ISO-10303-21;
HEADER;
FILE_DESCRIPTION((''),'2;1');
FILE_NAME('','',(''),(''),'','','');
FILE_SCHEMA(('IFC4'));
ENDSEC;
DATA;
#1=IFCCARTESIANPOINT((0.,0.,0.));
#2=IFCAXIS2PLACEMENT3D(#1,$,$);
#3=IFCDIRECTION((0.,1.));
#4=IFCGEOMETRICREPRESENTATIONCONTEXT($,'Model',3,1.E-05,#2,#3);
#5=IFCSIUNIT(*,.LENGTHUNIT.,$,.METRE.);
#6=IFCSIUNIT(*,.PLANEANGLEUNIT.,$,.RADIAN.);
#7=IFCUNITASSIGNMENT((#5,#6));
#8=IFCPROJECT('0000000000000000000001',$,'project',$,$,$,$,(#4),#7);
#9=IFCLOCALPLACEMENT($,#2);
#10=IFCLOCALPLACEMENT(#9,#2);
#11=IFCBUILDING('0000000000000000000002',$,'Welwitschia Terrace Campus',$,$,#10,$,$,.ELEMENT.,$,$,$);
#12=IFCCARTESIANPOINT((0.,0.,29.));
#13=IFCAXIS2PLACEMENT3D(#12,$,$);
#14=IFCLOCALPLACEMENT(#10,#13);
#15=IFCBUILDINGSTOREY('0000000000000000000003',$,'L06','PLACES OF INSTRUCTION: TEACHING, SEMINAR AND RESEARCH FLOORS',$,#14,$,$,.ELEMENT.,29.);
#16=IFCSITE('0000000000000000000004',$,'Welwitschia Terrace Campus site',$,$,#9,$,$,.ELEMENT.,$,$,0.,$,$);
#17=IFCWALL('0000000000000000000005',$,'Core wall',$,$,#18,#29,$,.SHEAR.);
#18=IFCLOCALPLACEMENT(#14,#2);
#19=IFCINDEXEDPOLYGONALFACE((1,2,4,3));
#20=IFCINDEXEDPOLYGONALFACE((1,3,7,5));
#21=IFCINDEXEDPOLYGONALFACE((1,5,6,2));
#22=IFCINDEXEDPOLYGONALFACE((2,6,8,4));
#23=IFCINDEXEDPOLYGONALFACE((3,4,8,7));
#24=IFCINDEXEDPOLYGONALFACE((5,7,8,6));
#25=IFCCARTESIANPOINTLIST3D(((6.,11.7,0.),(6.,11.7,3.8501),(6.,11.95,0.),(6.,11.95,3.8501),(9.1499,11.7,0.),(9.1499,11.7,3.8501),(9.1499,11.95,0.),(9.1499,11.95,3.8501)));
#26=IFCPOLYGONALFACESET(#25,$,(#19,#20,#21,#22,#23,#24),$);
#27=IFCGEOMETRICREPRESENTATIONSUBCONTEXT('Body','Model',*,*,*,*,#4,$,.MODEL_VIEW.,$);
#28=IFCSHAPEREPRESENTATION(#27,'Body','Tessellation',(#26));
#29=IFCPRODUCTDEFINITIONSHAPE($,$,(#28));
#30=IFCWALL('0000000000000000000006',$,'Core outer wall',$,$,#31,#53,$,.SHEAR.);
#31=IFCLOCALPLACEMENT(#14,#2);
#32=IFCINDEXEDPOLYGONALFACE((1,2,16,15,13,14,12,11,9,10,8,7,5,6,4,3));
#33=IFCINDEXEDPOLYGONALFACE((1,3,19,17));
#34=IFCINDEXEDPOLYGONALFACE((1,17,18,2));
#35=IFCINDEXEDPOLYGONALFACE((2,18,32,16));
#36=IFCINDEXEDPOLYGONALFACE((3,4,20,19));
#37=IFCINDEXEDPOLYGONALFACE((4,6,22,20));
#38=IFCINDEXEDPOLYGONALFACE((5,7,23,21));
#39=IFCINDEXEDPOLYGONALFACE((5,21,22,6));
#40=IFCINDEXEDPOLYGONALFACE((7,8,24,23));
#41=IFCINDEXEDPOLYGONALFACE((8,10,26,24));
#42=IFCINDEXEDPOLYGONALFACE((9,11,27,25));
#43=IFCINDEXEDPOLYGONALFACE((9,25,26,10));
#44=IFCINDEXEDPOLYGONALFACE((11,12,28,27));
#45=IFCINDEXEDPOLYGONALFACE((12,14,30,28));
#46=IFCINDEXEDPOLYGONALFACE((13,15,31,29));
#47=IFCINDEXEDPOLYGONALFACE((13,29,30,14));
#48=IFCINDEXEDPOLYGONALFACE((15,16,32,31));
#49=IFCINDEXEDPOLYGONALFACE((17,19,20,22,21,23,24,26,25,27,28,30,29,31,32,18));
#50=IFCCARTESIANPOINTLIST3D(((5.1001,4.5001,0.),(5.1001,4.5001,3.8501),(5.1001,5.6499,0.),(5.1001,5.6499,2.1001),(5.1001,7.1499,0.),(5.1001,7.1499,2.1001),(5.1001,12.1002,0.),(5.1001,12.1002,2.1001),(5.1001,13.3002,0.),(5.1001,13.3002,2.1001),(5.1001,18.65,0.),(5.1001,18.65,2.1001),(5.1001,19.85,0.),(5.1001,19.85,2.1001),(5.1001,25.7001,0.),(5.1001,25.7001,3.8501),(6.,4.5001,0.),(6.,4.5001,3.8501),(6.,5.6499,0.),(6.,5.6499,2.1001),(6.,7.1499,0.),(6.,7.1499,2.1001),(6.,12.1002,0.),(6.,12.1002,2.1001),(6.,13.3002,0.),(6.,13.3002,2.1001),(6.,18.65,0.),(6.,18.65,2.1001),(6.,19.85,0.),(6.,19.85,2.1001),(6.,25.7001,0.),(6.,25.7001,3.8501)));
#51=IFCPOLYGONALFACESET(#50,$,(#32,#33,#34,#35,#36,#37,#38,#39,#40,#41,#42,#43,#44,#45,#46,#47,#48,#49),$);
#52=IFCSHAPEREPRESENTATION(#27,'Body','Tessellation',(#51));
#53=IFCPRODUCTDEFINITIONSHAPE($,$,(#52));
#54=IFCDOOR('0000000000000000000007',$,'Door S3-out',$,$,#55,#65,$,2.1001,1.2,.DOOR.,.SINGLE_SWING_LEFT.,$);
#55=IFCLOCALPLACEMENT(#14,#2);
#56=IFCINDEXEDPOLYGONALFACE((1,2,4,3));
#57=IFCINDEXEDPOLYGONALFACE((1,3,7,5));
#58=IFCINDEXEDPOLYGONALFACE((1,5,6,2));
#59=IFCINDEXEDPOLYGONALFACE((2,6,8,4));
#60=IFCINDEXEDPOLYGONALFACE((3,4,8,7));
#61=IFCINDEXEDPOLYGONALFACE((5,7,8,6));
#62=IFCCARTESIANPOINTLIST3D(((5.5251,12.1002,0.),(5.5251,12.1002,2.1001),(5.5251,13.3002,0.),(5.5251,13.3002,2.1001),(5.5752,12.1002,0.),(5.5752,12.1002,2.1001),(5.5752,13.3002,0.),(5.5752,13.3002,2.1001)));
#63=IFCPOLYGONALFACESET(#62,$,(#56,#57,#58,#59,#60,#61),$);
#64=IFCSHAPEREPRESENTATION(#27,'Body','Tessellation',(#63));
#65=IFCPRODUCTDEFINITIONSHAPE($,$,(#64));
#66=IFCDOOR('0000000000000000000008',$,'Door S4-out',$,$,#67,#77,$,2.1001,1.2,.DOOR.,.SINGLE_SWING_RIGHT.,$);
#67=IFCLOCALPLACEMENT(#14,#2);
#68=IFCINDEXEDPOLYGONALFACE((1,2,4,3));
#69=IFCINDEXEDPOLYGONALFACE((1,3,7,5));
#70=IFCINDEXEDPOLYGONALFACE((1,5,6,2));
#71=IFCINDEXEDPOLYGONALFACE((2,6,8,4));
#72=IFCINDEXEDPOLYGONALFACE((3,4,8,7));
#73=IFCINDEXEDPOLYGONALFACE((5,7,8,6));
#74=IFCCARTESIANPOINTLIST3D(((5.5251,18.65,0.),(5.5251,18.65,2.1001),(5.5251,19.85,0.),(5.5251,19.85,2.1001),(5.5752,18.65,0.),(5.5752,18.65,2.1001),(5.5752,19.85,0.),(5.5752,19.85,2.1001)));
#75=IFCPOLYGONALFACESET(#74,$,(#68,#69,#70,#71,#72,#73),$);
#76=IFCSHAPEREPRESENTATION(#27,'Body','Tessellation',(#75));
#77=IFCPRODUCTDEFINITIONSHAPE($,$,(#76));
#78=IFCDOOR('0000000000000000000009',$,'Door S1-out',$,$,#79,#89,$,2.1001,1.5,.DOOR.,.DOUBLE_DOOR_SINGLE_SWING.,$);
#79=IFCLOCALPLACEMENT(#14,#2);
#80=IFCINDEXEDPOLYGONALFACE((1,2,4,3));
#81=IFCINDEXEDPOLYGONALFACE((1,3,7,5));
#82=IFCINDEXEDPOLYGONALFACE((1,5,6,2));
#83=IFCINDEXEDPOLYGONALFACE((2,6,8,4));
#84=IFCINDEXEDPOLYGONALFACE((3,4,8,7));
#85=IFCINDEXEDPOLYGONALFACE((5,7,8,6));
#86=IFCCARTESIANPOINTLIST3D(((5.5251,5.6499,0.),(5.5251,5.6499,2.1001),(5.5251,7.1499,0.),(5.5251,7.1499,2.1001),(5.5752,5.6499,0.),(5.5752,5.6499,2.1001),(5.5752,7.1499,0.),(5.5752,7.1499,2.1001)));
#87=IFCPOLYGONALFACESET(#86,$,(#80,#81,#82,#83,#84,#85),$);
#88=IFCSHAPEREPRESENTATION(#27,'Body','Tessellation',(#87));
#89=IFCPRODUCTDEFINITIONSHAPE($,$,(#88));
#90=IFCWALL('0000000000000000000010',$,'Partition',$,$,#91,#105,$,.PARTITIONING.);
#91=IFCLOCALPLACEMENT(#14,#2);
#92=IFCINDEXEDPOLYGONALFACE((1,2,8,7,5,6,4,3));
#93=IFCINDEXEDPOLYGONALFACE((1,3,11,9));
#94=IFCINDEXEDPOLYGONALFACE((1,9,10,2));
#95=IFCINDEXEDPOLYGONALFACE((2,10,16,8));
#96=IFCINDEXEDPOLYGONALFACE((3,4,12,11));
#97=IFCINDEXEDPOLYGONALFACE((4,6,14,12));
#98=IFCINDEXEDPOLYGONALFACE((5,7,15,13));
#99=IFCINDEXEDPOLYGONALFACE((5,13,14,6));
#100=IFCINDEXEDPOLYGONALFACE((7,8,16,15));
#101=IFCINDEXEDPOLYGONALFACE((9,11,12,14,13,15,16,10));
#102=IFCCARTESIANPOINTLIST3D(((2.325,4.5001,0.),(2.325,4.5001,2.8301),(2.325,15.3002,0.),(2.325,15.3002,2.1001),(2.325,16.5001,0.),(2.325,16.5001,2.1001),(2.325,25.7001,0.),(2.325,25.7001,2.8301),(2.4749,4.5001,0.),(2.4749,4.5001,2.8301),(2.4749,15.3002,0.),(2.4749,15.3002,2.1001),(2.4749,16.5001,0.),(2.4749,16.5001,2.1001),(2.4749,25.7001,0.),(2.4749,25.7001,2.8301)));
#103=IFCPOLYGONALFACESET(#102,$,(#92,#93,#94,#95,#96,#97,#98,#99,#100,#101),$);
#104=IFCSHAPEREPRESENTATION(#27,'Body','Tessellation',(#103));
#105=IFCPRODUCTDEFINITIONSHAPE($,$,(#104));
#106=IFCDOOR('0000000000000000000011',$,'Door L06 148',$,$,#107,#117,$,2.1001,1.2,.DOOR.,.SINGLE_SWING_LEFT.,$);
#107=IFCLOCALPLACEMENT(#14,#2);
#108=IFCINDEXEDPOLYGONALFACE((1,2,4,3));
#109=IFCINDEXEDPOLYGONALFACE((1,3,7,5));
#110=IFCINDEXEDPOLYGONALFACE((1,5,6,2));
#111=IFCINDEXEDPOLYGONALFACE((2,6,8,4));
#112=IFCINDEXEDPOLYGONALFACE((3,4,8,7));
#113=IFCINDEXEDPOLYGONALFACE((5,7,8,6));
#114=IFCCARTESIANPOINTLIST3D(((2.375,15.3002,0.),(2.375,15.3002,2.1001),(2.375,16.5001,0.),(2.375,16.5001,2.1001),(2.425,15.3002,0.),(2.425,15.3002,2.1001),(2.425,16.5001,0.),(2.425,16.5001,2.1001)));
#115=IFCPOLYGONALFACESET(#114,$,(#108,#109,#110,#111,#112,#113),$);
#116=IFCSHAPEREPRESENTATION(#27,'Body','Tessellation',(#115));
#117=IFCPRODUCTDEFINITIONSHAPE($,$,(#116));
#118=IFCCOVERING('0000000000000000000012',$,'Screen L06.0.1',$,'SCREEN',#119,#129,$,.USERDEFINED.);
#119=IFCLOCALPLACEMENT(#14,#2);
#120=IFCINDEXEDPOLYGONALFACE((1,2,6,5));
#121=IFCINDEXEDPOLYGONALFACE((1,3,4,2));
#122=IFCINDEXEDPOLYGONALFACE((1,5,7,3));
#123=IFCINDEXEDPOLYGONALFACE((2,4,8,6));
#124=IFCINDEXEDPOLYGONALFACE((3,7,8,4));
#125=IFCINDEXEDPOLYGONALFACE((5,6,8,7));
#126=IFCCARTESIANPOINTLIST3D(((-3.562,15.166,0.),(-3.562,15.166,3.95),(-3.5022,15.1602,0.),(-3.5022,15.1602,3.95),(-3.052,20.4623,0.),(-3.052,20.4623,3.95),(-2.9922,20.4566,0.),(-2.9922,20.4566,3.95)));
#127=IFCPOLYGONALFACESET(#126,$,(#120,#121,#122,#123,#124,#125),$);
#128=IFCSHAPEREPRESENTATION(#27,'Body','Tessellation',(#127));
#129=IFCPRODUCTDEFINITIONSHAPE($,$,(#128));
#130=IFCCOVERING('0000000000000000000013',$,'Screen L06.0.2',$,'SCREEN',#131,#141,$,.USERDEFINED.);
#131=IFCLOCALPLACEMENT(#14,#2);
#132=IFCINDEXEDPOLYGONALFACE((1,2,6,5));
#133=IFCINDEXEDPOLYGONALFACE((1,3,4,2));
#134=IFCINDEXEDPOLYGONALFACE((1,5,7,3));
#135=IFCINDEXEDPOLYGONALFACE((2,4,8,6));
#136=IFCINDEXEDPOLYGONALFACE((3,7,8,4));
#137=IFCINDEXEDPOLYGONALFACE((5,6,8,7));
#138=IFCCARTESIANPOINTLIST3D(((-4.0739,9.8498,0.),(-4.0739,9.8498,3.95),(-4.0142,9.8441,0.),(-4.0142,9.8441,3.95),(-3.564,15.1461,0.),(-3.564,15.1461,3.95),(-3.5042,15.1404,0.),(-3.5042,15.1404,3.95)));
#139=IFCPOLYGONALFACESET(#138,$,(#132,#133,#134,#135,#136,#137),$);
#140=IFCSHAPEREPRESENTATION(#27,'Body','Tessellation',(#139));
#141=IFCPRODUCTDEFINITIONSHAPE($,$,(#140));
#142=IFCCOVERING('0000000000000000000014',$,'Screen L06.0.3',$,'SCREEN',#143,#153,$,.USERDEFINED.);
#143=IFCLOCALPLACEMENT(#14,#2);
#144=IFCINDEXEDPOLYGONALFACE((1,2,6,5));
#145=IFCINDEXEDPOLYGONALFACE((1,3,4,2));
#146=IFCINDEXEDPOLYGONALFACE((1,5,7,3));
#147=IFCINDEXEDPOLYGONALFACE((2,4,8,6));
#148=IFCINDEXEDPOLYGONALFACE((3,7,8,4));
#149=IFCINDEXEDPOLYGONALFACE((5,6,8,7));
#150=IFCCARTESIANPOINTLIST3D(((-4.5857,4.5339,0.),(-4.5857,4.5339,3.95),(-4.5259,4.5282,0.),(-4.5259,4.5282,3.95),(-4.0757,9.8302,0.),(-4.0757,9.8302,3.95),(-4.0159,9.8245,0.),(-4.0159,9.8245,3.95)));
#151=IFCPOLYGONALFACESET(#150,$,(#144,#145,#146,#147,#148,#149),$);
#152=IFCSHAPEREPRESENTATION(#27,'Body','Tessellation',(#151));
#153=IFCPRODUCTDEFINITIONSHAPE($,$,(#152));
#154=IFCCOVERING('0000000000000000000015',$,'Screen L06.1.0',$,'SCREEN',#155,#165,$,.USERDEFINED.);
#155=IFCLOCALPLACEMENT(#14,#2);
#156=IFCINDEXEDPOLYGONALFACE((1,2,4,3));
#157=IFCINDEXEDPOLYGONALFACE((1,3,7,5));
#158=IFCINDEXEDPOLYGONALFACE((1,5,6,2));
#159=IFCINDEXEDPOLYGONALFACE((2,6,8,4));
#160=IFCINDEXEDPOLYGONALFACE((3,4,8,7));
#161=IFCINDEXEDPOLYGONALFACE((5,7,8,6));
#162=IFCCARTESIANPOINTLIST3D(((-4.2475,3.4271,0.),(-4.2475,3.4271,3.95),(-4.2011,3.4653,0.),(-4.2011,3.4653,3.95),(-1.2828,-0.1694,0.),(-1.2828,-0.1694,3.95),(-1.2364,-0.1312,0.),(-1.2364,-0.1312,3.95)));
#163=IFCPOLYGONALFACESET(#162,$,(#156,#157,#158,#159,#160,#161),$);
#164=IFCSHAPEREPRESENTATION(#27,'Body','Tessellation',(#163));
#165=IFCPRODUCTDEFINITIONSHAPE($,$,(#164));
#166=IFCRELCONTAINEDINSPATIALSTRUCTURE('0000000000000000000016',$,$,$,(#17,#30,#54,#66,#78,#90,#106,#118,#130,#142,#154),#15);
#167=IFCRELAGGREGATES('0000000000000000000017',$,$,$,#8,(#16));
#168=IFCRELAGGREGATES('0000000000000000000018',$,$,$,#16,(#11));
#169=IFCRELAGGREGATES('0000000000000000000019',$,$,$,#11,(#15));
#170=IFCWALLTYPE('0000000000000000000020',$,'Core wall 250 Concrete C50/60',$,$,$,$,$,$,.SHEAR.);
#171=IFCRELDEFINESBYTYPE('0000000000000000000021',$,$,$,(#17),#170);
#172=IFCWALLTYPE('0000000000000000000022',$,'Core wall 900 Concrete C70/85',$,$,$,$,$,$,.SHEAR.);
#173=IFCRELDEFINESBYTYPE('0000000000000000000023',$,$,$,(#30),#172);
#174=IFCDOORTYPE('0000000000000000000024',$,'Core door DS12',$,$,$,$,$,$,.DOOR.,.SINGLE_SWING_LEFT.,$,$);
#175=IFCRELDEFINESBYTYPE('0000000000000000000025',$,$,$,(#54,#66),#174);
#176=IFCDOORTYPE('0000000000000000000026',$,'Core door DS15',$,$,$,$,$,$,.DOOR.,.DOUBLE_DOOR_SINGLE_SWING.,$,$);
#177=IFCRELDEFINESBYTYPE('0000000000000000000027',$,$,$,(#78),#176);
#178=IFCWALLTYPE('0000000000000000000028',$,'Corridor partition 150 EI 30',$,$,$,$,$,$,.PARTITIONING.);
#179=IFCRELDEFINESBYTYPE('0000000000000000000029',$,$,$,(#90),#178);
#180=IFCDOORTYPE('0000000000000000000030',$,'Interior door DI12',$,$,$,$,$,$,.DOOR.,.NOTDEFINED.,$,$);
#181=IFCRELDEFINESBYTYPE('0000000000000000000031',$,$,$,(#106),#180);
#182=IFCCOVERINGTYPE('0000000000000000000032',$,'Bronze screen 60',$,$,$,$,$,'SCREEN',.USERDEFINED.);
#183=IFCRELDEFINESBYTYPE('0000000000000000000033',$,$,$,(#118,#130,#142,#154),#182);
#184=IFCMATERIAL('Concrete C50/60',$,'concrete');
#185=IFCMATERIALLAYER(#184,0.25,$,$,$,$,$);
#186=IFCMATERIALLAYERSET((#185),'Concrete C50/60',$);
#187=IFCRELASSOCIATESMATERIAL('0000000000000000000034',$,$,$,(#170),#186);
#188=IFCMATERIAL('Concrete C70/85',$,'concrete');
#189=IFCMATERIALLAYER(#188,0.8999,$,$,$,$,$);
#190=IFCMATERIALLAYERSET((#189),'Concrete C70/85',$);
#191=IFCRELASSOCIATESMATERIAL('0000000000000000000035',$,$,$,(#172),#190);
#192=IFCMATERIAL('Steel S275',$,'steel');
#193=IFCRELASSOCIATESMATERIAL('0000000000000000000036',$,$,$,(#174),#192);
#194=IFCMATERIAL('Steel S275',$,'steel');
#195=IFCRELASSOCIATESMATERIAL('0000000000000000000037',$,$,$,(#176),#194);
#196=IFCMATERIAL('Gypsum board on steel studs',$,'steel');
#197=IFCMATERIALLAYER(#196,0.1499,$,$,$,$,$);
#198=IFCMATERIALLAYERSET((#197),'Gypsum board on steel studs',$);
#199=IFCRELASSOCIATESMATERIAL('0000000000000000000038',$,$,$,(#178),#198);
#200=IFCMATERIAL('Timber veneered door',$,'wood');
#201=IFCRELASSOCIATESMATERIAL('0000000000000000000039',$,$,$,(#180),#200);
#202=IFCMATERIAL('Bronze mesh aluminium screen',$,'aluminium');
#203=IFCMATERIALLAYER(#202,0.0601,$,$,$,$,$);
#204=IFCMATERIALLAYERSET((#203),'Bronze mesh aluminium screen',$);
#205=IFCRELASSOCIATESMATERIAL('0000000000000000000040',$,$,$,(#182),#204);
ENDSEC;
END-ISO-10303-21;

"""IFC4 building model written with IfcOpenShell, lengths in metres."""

from ifc_helpers import new_model, si_unit, direction, frame, frame_2d, origin, origin_2d, place, context, subcontext, project, spatial, rectangle, extrude, material, layer, layer_set, type_object, element, fill, save


model = new_model("IFC4")

# Units and contexts
model_context = context("Model", 3, precision=1e-05, world=origin(), true_north=direction((0.0, 1.0)))
body_context = subcontext(model_context, "Body", "Model", "MODEL_VIEW")
ifc_project = project(units=[si_unit("LENGTHUNIT", "METRE"), si_unit("PLANEANGLEUNIT", "RADIAN")], contexts=[model_context])

# Site, building, storey
site_placement = place(None, origin())
site = spatial("IfcSite", under=ifc_project, at=site_placement, Name="Welwitschia Terrace Campus site", CompositionType="ELEMENT", RefElevation=0.0)
building_placement = place(site_placement, origin())
building = spatial("IfcBuilding", under=site, at=building_placement, Name="Welwitschia Terrace Campus", CompositionType="ELEMENT")
storey_placement = place(building_placement, frame((0.0, 0.0, 29.0)))
storey = spatial("IfcBuildingStorey", under=building, at=storey_placement, Name="L06", Description="PLACES OF INSTRUCTION: TEACHING, SEMINAR AND RESEARCH FLOORS", CompositionType="ELEMENT", Elevation=29.0)

# Wall
ifc_material_1 = material(Name="Concrete C50/60", Category="concrete")
ifc_layer_1 = layer(ifc_material_1, 0.25)
ifc_layer_set_1 = layer_set([ifc_layer_1], Name="Concrete C50/60")
wall_type_1 = type_object("IfcWallType", Name="Core wall 250 Concrete C50/60", PredefinedType="SHEAR", material=ifc_layer_set_1)
wall_1_placement = place(storey_placement, frame((6.0, 11.825, 0.0), z_axis=(0.0, 0.0, 1.0), x_axis=(1.0, 0.0, 0.0)))
element("IfcWall", 1, at=wall_1_placement, inside=storey, type_object=wall_type_1, Name="Core wall", PredefinedType="SHEAR", context=body_context, shape_type="SweptSolid", body=[
    extrude(rectangle(XDim=3.1499, YDim=0.25, at=frame_2d((1.575, 0.0))), origin(), (0.0, 0.0, 1.0), 3.8501),
])

# Wall, openings, doors
ifc_material_2 = material(Name="Concrete C70/85", Category="concrete")
ifc_layer_2 = layer(ifc_material_2, 0.8999)
ifc_layer_set_2 = layer_set([ifc_layer_2], Name="Concrete C70/85")
wall_type_2 = type_object("IfcWallType", Name="Core wall 900 Concrete C70/85", PredefinedType="SHEAR", material=ifc_layer_set_2)
wall_2_placement = place(storey_placement, frame((5.55, 4.5, 0.0), z_axis=(0.0, 0.0, 1.0), x_axis=(0.0, 1.0, 0.0)))
wall_2 = element("IfcWall", 2, at=wall_2_placement, inside=storey, type_object=wall_type_2, Name="Core outer wall", PredefinedType="SHEAR", context=body_context, shape_type="SweptSolid", body=[
    extrude(rectangle(XDim=21.2, YDim=0.8999, at=frame_2d((10.6001, 0.0))), origin(), (0.0, 0.0, 1.0), 3.8501),
])
opening_1_placement = place(wall_2_placement, frame((1.1499, 0.0, 0.0)))
opening_1 = element("IfcOpeningElement", 3, at=opening_1_placement, cuts=wall_2, PredefinedType="OPENING", context=body_context, shape_type="SweptSolid", body=[
    extrude(rectangle(XDim=1.5, YDim=2.1001, at=frame_2d((0.75, 1.05))), frame((0.0, 0.46, 0.0), z_axis=(0.0, -1.0, 0.0), x_axis=(1.0, 0.0, 0.0)), (0.0, 0.0, 1.0), 0.9199),
])
opening_2_placement = place(wall_2_placement, frame((7.6001, 0.0, 0.0)))
opening_2 = element("IfcOpeningElement", 4, at=opening_2_placement, cuts=wall_2, PredefinedType="OPENING", context=body_context, shape_type="SweptSolid", body=[
    extrude(rectangle(XDim=1.2, YDim=2.1001, at=frame_2d((0.6001, 1.05))), frame((0.0, 0.46, 0.0), z_axis=(0.0, -1.0, 0.0), x_axis=(1.0, 0.0, 0.0)), (0.0, 0.0, 1.0), 0.9199),
])
opening_3_placement = place(wall_2_placement, frame((14.1499, 0.0, 0.0)))
opening_3 = element("IfcOpeningElement", 5, at=opening_3_placement, cuts=wall_2, PredefinedType="OPENING", context=body_context, shape_type="SweptSolid", body=[
    extrude(rectangle(XDim=1.2, YDim=2.1001, at=frame_2d((0.6001, 1.05))), frame((0.0, 0.46, 0.0), z_axis=(0.0, -1.0, 0.0), x_axis=(1.0, 0.0, 0.0)), (0.0, 0.0, 1.0), 0.9199),
])
ifc_material_3 = material(Name="Steel S275", Category="steel")
door_type_1 = type_object("IfcDoorType", Name="Core door DS12", OperationType="SINGLE_SWING_LEFT", PredefinedType="DOOR", material=ifc_material_3)
door_1_placement = place(opening_2_placement, origin())
door_1 = element("IfcDoor", 6, at=door_1_placement, inside=storey, type_object=door_type_1, Name="Door S3-out", OperationType="SINGLE_SWING_LEFT", OverallHeight=2.1001, OverallWidth=1.2, PredefinedType="DOOR", context=body_context, shape_type="SweptSolid", body=[
    extrude(rectangle(XDim=1.2, YDim=2.1001, at=frame_2d((0.6001, 1.05))), frame((0.0, 0.0249, 0.0), z_axis=(0.0, -1.0, 0.0), x_axis=(1.0, 0.0, 0.0)), (0.0, 0.0, 1.0), 0.05),
])
fill(opening_2, door_1)
door_2_placement = place(opening_3_placement, origin())
door_2 = element("IfcDoor", 7, at=door_2_placement, inside=storey, type_object=door_type_1, Name="Door S4-out", OperationType="SINGLE_SWING_RIGHT", OverallHeight=2.1001, OverallWidth=1.2, PredefinedType="DOOR", context=body_context, shape_type="SweptSolid", body=[
    extrude(rectangle(XDim=1.2, YDim=2.1001, at=frame_2d((0.6001, 1.05))), frame((0.0, 0.0249, 0.0), z_axis=(0.0, -1.0, 0.0), x_axis=(1.0, 0.0, 0.0)), (0.0, 0.0, 1.0), 0.05),
])
fill(opening_3, door_2)
ifc_material_4 = material(Name="Steel S275", Category="steel")
door_type_2 = type_object("IfcDoorType", Name="Core door DS15", OperationType="DOUBLE_DOOR_SINGLE_SWING", PredefinedType="DOOR", material=ifc_material_4)
door_3_placement = place(opening_1_placement, origin())
door_3 = element("IfcDoor", 8, at=door_3_placement, inside=storey, type_object=door_type_2, Name="Door S1-out", OperationType="DOUBLE_DOOR_SINGLE_SWING", OverallHeight=2.1001, OverallWidth=1.5, PredefinedType="DOOR", context=body_context, shape_type="SweptSolid", body=[
    extrude(rectangle(XDim=1.5, YDim=2.1001, at=frame_2d((0.75, 1.05))), frame((0.0, 0.0249, 0.0), z_axis=(0.0, -1.0, 0.0), x_axis=(1.0, 0.0, 0.0)), (0.0, 0.0, 1.0), 0.05),
])
fill(opening_1, door_3)

# Wall, opening, door
ifc_material_5 = material(Name="Gypsum board on steel studs", Category="steel")
ifc_layer_3 = layer(ifc_material_5, 0.1499)
ifc_layer_set_3 = layer_set([ifc_layer_3], Name="Gypsum board on steel studs")
wall_type_3 = type_object("IfcWallType", Name="Corridor partition 150 EI 30", PredefinedType="PARTITIONING", material=ifc_layer_set_3)
wall_3_placement = place(storey_placement, frame((2.3999, 4.5, 0.0), z_axis=(0.0, 0.0, 1.0), x_axis=(0.0, 1.0, 0.0)))
wall_3 = element("IfcWall", 9, at=wall_3_placement, inside=storey, type_object=wall_type_3, Name="Partition", PredefinedType="PARTITIONING", context=body_context, shape_type="SweptSolid", body=[
    extrude(rectangle(XDim=21.2, YDim=0.1499, at=frame_2d((10.6001, 0.0))), origin(), (0.0, 0.0, 1.0), 2.8301),
])
opening_4_placement = place(wall_3_placement, frame((10.8, 0.0, 0.0)))
opening_4 = element("IfcOpeningElement", 10, at=opening_4_placement, cuts=wall_3, PredefinedType="OPENING", context=body_context, shape_type="SweptSolid", body=[
    extrude(rectangle(XDim=1.2, YDim=2.1001, at=frame_2d((0.6001, 1.05))), frame((0.0, 0.085, 0.0), z_axis=(0.0, -1.0, 0.0), x_axis=(1.0, 0.0, 0.0)), (0.0, 0.0, 1.0), 0.1699),
])
ifc_material_6 = material(Name="Timber veneered door", Category="wood")
door_type_3 = type_object("IfcDoorType", Name="Interior door DI12", OperationType="NOTDEFINED", PredefinedType="DOOR", material=ifc_material_6)
door_4_placement = place(opening_4_placement, origin())
door_4 = element("IfcDoor", 11, at=door_4_placement, inside=storey, type_object=door_type_3, Name="Door L06 148", OperationType="SINGLE_SWING_LEFT", OverallHeight=2.1001, OverallWidth=1.2, PredefinedType="DOOR", context=body_context, shape_type="SweptSolid", body=[
    extrude(rectangle(XDim=1.2, YDim=2.1001, at=frame_2d((0.6001, 1.05))), frame((0.0, 0.0249, 0.0), z_axis=(0.0, -1.0, 0.0), x_axis=(1.0, 0.0, 0.0)), (0.0, 0.0, 1.0), 0.05),
])
fill(opening_4, door_4)

# Coverings
ifc_material_7 = material(Name="Bronze mesh aluminium screen", Category="aluminium")
ifc_layer_4 = layer(ifc_material_7, 0.0601)
ifc_layer_set_4 = layer_set([ifc_layer_4], Name="Bronze mesh aluminium screen")
covering_type = type_object("IfcCoveringType", Name="Bronze screen 60", ElementType="SCREEN", PredefinedType="USERDEFINED", material=ifc_layer_set_4)
for number, where, z_axis, x_axis, name in (
    (12, (-3.2771, 17.8113, 0.0), (0.0, 0.0, 1.0), (-0.095846, -0.995396, 0.0), "Screen L06.0.1"),
    (13, (-3.7891, 12.4951, 0.0), (0.0, 0.0, 1.0), (-0.095846, -0.995396, 0.0), "Screen L06.0.2"),
    (14, (-4.3008, 7.1792, 0.0), (0.0, 0.0, 1.0), (-0.095846, -0.995396, 0.0), "Screen L06.0.3"),
):
    element("IfcCovering", number, at=place(storey_placement, frame(where, z_axis=z_axis, x_axis=x_axis)), inside=storey, type_object=covering_type, Name=name, ObjectType="SCREEN", PredefinedType="USERDEFINED", context=body_context, shape_type="SweptSolid", body=[
        extrude(rectangle(XDim=5.3208, YDim=0.0601, at=origin_2d()), origin(), (0.0, 0.0, 1.0), 3.95),
    ])
covering_placement = place(storey_placement, frame((-2.7419, 1.6479, 0.0), z_axis=(0.0, 0.0, 1.0), x_axis=(0.636078, -0.771625, 0.0)))
element("IfcCovering", 15, at=covering_placement, inside=storey, type_object=covering_type, Name="Screen L06.1.0", ObjectType="SCREEN", PredefinedType="USERDEFINED", context=body_context, shape_type="SweptSolid", body=[
    extrude(rectangle(XDim=4.6609, YDim=0.0601, at=origin_2d()), origin(), (0.0, 0.0, 1.0), 3.95),
])

save(model, "model.ifc")
